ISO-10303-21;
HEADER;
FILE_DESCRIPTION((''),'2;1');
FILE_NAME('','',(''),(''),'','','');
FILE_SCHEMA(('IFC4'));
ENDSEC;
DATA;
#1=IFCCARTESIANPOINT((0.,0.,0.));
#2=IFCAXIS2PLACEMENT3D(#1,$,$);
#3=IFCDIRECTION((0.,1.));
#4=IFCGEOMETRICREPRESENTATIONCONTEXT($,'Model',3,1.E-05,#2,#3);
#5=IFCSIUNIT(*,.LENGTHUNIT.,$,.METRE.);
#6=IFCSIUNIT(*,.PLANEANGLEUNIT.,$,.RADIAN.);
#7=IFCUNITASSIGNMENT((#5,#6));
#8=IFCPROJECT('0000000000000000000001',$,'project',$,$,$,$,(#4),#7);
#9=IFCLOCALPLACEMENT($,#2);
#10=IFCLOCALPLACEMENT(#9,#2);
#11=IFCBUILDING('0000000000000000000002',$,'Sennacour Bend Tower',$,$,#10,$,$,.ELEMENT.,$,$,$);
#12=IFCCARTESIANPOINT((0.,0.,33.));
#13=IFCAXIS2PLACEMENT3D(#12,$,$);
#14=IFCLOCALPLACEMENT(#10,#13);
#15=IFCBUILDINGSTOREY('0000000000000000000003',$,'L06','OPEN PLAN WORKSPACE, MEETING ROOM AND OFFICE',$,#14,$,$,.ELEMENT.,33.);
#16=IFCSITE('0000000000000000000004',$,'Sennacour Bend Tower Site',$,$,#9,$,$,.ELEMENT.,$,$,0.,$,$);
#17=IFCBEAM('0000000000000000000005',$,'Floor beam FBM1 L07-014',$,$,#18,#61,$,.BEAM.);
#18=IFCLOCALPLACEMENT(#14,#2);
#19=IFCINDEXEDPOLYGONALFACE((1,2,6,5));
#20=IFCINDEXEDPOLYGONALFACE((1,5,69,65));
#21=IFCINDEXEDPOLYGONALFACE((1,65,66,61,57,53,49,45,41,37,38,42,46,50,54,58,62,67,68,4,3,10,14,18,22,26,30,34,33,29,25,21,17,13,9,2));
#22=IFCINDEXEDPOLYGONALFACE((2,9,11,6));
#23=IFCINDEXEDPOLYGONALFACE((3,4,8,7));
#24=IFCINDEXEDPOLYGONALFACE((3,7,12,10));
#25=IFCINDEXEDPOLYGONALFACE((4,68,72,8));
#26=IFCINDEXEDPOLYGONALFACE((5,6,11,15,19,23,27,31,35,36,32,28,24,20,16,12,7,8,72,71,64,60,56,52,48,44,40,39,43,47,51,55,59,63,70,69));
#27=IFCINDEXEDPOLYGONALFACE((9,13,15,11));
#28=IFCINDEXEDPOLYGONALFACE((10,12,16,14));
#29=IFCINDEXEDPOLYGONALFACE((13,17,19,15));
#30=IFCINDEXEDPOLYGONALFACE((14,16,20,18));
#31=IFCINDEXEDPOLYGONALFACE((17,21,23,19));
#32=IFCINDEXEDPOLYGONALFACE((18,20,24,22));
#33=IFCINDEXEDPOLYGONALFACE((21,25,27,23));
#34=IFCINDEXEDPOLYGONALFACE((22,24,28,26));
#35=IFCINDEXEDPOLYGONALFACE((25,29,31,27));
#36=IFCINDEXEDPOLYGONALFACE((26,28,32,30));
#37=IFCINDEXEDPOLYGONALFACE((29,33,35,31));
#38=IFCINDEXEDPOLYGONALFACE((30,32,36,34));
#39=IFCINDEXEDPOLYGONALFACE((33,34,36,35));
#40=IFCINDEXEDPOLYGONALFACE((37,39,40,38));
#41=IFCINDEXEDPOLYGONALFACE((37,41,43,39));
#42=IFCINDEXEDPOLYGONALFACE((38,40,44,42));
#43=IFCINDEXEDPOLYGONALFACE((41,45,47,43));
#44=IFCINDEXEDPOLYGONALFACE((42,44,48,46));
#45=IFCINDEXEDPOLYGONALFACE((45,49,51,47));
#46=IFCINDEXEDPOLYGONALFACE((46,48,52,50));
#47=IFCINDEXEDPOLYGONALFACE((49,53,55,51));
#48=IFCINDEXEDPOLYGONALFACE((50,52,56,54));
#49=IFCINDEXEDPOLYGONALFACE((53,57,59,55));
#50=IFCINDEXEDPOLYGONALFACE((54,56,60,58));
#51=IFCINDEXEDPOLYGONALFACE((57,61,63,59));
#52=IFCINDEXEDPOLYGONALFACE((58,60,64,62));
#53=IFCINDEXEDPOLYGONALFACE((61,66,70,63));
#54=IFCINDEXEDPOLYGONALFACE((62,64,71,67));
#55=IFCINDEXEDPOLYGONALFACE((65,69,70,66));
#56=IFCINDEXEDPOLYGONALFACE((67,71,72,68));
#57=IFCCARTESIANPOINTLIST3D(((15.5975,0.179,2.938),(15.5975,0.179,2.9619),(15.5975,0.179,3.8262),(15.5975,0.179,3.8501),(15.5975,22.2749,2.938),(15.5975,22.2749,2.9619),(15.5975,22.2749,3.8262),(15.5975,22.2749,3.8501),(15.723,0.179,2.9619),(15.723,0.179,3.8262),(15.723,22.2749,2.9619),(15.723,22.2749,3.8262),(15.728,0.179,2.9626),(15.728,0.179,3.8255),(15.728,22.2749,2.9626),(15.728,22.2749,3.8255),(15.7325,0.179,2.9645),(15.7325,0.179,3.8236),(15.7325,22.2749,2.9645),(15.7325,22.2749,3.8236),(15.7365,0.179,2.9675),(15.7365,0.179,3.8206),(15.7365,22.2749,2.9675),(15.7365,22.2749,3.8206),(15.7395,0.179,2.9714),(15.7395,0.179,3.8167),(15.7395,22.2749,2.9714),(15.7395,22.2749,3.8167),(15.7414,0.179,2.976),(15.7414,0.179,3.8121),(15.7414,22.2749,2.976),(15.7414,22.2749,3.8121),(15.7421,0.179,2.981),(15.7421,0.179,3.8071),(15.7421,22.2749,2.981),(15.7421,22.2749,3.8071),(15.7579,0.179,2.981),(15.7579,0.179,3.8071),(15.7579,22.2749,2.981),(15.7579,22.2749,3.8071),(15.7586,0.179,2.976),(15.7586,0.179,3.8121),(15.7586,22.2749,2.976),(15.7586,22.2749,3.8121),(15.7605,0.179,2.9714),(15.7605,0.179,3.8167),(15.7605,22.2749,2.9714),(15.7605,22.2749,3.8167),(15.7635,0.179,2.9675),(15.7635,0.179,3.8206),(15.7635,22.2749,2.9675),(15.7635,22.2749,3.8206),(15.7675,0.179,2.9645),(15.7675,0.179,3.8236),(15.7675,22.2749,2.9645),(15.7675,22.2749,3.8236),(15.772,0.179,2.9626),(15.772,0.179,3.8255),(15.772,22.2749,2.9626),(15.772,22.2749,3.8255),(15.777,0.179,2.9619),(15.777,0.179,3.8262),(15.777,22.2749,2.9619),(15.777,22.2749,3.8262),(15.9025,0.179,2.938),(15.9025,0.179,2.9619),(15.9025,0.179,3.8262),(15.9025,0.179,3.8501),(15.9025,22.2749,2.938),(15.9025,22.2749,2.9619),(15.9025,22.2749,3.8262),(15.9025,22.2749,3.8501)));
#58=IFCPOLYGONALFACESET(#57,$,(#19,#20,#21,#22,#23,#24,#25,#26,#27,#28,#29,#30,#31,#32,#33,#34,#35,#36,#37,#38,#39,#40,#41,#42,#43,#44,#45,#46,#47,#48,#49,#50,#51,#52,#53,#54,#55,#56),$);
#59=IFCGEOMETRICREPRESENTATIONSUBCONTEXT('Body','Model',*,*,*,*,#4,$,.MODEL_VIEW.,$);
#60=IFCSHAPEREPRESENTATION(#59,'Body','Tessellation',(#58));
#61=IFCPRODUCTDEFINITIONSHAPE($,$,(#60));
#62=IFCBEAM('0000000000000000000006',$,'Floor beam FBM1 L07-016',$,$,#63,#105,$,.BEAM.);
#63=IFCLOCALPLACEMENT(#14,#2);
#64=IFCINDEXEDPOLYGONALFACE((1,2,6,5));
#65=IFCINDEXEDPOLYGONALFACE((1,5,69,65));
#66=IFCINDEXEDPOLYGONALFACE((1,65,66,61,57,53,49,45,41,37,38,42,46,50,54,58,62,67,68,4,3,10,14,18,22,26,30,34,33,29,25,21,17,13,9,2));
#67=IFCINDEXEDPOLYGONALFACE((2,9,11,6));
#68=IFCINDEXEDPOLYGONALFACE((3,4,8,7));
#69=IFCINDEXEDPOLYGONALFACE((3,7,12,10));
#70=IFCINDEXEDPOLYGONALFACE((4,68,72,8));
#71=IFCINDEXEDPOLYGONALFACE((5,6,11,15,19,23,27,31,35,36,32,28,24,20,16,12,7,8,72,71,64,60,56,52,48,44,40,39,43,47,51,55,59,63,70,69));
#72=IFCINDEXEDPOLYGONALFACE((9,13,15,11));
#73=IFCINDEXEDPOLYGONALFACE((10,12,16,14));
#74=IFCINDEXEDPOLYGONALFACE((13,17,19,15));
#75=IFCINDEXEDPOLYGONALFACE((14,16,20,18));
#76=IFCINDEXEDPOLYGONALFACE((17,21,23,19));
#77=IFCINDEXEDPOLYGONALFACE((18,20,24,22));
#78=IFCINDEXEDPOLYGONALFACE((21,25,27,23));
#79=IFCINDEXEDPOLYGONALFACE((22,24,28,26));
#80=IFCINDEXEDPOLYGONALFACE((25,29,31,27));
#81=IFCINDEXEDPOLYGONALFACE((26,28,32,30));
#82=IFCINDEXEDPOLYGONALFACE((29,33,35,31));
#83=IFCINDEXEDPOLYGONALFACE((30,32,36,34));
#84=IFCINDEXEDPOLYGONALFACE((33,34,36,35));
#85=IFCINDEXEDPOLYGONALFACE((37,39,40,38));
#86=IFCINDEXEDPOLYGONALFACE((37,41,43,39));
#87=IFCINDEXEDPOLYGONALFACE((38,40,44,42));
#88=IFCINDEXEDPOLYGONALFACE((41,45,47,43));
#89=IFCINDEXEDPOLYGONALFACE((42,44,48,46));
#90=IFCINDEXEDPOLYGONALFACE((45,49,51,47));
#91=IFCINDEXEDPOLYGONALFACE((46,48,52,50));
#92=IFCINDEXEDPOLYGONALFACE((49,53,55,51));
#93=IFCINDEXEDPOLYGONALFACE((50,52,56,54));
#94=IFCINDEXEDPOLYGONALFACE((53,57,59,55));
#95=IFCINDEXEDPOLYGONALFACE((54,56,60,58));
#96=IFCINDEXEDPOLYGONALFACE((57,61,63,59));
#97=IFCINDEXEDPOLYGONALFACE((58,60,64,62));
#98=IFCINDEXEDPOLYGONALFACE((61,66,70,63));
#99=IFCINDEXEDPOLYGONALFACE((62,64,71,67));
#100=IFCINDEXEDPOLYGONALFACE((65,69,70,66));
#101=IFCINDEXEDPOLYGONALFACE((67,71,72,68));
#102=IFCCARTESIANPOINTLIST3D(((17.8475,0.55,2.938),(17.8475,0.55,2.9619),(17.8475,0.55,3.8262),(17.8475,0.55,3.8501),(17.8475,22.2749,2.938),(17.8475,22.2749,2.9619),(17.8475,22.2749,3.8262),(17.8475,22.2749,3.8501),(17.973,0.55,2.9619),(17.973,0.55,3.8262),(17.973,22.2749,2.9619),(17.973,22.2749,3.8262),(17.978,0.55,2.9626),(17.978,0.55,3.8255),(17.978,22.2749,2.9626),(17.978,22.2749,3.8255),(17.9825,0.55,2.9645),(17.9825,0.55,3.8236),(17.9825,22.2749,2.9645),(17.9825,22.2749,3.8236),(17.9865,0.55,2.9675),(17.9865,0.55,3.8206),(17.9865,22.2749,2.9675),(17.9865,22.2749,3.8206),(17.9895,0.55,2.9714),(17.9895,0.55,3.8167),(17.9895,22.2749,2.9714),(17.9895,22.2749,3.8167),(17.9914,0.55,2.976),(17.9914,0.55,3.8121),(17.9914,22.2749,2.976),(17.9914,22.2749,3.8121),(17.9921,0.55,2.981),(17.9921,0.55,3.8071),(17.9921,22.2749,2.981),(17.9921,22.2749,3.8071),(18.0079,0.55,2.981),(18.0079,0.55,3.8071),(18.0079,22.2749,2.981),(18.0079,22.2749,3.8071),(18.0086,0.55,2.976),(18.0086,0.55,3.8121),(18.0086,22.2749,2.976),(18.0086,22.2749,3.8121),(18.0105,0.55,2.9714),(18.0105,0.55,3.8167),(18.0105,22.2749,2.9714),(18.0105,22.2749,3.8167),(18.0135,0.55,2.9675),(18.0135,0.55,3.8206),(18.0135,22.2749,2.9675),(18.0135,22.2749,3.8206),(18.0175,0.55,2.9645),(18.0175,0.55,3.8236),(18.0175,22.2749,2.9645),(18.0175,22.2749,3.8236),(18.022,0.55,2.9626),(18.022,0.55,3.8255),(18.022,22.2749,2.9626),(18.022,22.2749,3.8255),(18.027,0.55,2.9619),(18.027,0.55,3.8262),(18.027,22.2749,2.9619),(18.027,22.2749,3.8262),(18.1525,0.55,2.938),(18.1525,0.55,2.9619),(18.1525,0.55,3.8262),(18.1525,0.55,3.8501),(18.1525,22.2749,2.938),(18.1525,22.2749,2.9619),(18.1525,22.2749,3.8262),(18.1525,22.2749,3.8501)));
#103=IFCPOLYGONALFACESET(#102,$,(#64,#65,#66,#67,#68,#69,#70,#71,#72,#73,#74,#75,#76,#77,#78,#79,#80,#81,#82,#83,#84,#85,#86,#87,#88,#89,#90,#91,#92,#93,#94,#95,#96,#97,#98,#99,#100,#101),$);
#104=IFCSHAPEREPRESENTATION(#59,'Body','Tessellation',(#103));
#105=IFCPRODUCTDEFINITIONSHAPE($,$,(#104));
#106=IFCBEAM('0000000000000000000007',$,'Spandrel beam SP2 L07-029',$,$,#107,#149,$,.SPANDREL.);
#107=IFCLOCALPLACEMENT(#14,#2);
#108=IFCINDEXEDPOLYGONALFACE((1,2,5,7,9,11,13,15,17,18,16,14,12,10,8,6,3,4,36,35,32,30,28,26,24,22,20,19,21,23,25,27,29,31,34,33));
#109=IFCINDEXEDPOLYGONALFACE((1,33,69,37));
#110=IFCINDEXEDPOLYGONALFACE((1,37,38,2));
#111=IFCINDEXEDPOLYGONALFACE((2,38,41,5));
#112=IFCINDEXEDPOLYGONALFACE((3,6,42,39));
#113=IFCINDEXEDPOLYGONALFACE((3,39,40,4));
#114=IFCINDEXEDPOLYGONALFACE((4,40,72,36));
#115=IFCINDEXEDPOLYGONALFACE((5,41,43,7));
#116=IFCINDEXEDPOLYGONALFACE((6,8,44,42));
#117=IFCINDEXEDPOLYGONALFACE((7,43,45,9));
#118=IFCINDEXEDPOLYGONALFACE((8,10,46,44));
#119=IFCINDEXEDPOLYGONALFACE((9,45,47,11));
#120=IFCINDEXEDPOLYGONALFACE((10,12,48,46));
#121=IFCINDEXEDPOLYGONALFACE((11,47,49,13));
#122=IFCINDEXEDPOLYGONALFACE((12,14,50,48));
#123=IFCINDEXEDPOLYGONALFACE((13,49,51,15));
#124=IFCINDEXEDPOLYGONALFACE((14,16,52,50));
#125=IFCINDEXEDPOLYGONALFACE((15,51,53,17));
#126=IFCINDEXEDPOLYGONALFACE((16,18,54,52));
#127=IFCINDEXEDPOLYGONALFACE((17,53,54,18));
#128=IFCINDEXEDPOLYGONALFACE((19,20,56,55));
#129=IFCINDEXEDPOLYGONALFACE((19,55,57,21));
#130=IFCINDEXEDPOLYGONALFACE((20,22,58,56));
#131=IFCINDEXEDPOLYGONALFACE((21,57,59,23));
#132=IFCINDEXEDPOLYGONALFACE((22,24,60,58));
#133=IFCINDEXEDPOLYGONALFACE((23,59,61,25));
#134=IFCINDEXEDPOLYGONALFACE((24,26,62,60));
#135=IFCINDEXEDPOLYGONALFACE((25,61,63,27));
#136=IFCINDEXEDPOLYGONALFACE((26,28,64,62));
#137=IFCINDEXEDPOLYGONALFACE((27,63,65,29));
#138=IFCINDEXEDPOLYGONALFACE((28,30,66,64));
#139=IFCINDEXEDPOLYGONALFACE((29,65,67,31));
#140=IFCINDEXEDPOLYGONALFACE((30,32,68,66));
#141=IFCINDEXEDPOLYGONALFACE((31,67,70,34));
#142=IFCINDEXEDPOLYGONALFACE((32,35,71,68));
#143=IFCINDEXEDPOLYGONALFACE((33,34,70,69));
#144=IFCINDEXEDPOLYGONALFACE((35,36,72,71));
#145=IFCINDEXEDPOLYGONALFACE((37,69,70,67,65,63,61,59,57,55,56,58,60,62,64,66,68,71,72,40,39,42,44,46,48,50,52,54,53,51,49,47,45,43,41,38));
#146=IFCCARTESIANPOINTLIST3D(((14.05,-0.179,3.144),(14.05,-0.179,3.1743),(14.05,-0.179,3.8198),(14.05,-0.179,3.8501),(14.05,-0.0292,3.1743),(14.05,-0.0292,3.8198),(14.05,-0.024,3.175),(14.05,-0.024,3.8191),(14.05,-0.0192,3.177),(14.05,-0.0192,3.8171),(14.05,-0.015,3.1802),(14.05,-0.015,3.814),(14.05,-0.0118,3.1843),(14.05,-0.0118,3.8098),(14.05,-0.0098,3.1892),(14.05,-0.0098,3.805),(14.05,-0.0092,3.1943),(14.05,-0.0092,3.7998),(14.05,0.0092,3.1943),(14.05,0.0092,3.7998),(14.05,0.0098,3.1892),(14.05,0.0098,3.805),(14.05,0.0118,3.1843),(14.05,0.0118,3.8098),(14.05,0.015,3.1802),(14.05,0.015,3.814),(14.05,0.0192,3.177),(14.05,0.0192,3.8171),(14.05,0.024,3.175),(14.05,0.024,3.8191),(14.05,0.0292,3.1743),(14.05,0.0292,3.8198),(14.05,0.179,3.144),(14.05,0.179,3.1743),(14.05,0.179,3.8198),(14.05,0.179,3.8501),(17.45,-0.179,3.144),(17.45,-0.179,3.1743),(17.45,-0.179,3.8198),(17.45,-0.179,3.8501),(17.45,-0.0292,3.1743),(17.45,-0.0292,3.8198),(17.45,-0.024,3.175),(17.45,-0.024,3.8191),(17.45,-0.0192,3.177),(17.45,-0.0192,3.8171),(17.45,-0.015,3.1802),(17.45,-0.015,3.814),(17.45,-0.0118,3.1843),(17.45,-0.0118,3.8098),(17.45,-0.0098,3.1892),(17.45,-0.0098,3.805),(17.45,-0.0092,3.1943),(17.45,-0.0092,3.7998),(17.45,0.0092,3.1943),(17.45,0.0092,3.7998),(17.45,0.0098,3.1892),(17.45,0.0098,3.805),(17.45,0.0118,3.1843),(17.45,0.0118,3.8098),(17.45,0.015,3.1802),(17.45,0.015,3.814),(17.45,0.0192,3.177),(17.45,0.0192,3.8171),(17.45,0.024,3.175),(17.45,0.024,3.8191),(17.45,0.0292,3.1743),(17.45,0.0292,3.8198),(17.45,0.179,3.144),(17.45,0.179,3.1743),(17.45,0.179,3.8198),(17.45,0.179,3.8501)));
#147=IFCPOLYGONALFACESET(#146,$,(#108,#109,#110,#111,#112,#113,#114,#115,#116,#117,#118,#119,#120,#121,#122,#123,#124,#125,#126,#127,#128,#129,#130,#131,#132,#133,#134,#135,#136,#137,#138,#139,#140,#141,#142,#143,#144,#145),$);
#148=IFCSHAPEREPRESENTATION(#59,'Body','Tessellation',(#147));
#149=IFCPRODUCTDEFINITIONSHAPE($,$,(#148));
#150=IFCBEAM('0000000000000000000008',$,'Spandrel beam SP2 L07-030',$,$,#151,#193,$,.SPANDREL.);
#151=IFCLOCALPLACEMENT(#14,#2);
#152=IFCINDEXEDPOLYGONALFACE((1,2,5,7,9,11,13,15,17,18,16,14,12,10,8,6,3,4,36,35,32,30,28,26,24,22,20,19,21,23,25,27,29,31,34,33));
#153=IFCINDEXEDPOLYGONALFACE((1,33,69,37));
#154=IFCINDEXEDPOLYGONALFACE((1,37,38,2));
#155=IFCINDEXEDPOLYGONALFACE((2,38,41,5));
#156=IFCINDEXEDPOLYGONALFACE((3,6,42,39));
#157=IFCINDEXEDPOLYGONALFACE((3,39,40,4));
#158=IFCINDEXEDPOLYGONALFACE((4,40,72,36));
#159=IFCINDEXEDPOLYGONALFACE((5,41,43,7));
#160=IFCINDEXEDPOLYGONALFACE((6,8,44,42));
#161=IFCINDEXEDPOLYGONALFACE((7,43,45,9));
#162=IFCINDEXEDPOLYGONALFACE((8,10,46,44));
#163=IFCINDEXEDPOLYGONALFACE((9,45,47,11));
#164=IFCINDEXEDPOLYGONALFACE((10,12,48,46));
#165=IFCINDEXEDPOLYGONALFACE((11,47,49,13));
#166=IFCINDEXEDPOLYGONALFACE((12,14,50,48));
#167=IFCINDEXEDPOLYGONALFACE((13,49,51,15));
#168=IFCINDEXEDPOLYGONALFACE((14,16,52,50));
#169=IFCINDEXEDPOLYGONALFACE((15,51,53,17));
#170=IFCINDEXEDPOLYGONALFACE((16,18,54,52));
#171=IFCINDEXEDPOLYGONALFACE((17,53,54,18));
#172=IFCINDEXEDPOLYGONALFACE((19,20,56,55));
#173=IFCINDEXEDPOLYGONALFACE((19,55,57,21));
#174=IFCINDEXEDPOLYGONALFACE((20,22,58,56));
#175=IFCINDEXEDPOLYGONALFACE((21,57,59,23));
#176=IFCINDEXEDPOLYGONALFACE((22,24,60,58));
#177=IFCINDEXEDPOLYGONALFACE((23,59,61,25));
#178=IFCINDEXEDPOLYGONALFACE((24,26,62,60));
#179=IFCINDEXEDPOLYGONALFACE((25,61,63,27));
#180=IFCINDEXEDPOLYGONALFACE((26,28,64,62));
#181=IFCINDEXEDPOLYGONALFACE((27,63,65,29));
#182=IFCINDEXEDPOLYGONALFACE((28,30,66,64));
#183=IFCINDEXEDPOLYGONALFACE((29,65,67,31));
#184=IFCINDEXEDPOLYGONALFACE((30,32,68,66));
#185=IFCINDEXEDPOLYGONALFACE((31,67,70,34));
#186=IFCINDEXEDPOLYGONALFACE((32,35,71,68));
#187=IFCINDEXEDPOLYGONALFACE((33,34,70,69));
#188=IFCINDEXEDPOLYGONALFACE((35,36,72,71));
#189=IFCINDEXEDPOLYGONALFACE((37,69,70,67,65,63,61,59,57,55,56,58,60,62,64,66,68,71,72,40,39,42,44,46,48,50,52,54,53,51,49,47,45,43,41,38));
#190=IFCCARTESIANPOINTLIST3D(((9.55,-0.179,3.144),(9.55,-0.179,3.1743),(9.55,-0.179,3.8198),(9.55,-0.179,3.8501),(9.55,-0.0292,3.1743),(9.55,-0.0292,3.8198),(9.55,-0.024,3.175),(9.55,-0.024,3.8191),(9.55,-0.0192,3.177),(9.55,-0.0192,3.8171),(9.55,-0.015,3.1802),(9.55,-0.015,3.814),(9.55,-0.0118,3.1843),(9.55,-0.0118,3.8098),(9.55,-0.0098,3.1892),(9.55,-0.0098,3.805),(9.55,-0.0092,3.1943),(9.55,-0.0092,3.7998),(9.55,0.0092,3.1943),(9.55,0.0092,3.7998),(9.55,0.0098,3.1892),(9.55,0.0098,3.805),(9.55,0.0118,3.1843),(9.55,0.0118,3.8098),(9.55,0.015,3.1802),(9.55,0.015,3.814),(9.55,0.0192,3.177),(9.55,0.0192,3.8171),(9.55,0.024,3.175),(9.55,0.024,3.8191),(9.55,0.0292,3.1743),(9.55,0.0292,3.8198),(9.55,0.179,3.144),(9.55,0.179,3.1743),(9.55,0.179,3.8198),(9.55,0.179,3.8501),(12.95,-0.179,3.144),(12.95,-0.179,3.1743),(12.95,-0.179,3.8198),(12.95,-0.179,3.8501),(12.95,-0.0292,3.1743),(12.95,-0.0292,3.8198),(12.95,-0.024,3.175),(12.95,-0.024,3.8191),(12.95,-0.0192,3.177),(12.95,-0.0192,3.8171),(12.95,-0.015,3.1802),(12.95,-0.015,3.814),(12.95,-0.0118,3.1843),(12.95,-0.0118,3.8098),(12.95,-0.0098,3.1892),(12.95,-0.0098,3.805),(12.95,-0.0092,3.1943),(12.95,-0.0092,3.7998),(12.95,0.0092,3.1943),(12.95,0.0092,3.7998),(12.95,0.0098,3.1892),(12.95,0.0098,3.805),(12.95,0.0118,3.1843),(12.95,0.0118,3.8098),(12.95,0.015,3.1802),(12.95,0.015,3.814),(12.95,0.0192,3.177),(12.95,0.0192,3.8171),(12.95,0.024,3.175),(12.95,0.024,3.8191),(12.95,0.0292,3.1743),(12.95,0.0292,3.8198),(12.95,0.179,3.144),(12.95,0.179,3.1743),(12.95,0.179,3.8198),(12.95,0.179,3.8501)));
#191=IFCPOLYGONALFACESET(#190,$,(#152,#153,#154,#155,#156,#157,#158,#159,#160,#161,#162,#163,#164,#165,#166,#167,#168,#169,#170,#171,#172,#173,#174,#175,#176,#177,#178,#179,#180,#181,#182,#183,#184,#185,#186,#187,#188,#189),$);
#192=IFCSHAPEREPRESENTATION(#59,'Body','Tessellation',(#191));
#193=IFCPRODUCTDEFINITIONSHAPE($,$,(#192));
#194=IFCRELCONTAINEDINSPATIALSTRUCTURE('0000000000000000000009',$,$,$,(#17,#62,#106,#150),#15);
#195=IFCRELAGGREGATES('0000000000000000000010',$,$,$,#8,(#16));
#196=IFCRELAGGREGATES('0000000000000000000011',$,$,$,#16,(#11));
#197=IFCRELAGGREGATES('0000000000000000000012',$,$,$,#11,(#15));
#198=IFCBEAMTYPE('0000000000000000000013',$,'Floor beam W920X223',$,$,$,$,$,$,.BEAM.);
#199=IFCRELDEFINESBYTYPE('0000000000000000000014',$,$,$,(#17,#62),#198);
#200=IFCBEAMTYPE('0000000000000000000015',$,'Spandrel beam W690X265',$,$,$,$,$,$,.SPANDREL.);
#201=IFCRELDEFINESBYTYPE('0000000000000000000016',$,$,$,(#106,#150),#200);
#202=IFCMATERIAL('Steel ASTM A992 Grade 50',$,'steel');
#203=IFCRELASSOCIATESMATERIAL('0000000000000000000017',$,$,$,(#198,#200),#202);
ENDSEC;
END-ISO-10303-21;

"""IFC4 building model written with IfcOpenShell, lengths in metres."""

from ifc_helpers import new_model, si_unit, direction, frame, origin, origin_2d, place, context, subcontext, project, spatial, i_section, extrude, material, material_profile, profile_set, type_object, element, save


model = new_model("IFC4")

# Units and contexts
model_context = context("Model", 3, precision=1e-05, world=origin(), true_north=direction((0.0, 1.0)))
body_context = subcontext(model_context, "Body", "Model", "MODEL_VIEW")
ifc_project = project(units=[si_unit("LENGTHUNIT", "METRE"), si_unit("PLANEANGLEUNIT", "RADIAN")], contexts=[model_context])

# Site, building, storey
site_placement = place(None, origin())
site = spatial("IfcSite", under=ifc_project, at=site_placement, Name="Sennacour Bend Tower Site", CompositionType="ELEMENT", RefElevation=0.0)
building_placement = place(site_placement, origin())
building = spatial("IfcBuilding", under=site, at=building_placement, Name="Sennacour Bend Tower", CompositionType="ELEMENT")
storey_placement = place(building_placement, frame((0.0, 0.0, 33.0)))
storey = spatial("IfcBuildingStorey", under=building, at=storey_placement, Name="L06", Description="OPEN PLAN WORKSPACE, MEETING ROOM AND OFFICE", CompositionType="ELEMENT", Elevation=33.0)

# Beams
ifc_material_1 = material(Name="Steel ASTM A992 Grade 50", Category="steel")
ifc_material_profile_1 = material_profile(ifc_material_1, i_section(OverallWidth=0.3049, OverallDepth=0.9121, WebThickness=0.0159, FlangeThickness=0.0239, FilletRadius=0.019, at=origin_2d()), Name="Steel ASTM A992 Grade 50", Category="steel")
ifc_profile_set_1 = profile_set([ifc_material_profile_1], Name="Steel ASTM A992 Grade 50")
beam_type_1 = type_object("IfcBeamType", Name="Floor beam W920X223", PredefinedType="BEAM", material=ifc_profile_set_1)
beam_1_placement = place(storey_placement, frame((15.75, 0.179, 3.394), z_axis=(0.0, 1.0, 0.0), x_axis=(-1.0, 0.0, 0.0)))
element("IfcBeam", 1, at=beam_1_placement, inside=storey, type_object=beam_type_1, Name="Floor beam FBM1 L07-014", PredefinedType="BEAM", context=body_context, shape_type="SweptSolid", body=[
    extrude(i_section(OverallWidth=0.3049, OverallDepth=0.9121, WebThickness=0.0159, FlangeThickness=0.0239, FilletRadius=0.019, at=origin_2d()), origin(), (0.0, 0.0, 1.0), 22.0959),
])
beam_2_placement = place(storey_placement, frame((18.0, 0.55, 3.394), z_axis=(0.0, 1.0, 0.0), x_axis=(-1.0, 0.0, 0.0)))
element("IfcBeam", 2, at=beam_2_placement, inside=storey, type_object=beam_type_1, Name="Floor beam FBM1 L07-016", PredefinedType="BEAM", context=body_context, shape_type="SweptSolid", body=[
    extrude(i_section(OverallWidth=0.3049, OverallDepth=0.9121, WebThickness=0.0159, FlangeThickness=0.0239, FilletRadius=0.019, at=origin_2d()), origin(), (0.0, 0.0, 1.0), 21.7249),
])
ifc_material_profile_2 = material_profile(ifc_material_1, i_section(OverallWidth=0.3579, OverallDepth=0.7061, WebThickness=0.0183, FlangeThickness=0.0303, FilletRadius=0.02, at=origin_2d()), Name="Steel ASTM A992 Grade 50", Category="steel")
ifc_profile_set_2 = profile_set([ifc_material_profile_2], Name="Steel ASTM A992 Grade 50")
beam_type_2 = type_object("IfcBeamType", Name="Spandrel beam W690X265", PredefinedType="SPANDREL", material=ifc_profile_set_2)
for number, where, z_axis, x_axis, name in (
    (3, (17.45, 0.0, 3.4971), (-1.0, 0.0, 0.0), (0.0, -1.0, 0.0), "Spandrel beam SP2 L07-029"),
    (4, (12.95, 0.0, 3.4971), (-1.0, 0.0, 0.0), (0.0, -1.0, 0.0), "Spandrel beam SP2 L07-030"),
):
    element("IfcBeam", number, at=place(storey_placement, frame(where, z_axis=z_axis, x_axis=x_axis)), inside=storey, type_object=beam_type_2, Name=name, PredefinedType="SPANDREL", context=body_context, shape_type="SweptSolid", body=[
        extrude(i_section(OverallWidth=0.3579, OverallDepth=0.7061, WebThickness=0.0183, FlangeThickness=0.0303, FilletRadius=0.02, at=origin_2d()), origin(), (0.0, 0.0, 1.0), 3.3999),
    ])

save(model, "model.ifc")
